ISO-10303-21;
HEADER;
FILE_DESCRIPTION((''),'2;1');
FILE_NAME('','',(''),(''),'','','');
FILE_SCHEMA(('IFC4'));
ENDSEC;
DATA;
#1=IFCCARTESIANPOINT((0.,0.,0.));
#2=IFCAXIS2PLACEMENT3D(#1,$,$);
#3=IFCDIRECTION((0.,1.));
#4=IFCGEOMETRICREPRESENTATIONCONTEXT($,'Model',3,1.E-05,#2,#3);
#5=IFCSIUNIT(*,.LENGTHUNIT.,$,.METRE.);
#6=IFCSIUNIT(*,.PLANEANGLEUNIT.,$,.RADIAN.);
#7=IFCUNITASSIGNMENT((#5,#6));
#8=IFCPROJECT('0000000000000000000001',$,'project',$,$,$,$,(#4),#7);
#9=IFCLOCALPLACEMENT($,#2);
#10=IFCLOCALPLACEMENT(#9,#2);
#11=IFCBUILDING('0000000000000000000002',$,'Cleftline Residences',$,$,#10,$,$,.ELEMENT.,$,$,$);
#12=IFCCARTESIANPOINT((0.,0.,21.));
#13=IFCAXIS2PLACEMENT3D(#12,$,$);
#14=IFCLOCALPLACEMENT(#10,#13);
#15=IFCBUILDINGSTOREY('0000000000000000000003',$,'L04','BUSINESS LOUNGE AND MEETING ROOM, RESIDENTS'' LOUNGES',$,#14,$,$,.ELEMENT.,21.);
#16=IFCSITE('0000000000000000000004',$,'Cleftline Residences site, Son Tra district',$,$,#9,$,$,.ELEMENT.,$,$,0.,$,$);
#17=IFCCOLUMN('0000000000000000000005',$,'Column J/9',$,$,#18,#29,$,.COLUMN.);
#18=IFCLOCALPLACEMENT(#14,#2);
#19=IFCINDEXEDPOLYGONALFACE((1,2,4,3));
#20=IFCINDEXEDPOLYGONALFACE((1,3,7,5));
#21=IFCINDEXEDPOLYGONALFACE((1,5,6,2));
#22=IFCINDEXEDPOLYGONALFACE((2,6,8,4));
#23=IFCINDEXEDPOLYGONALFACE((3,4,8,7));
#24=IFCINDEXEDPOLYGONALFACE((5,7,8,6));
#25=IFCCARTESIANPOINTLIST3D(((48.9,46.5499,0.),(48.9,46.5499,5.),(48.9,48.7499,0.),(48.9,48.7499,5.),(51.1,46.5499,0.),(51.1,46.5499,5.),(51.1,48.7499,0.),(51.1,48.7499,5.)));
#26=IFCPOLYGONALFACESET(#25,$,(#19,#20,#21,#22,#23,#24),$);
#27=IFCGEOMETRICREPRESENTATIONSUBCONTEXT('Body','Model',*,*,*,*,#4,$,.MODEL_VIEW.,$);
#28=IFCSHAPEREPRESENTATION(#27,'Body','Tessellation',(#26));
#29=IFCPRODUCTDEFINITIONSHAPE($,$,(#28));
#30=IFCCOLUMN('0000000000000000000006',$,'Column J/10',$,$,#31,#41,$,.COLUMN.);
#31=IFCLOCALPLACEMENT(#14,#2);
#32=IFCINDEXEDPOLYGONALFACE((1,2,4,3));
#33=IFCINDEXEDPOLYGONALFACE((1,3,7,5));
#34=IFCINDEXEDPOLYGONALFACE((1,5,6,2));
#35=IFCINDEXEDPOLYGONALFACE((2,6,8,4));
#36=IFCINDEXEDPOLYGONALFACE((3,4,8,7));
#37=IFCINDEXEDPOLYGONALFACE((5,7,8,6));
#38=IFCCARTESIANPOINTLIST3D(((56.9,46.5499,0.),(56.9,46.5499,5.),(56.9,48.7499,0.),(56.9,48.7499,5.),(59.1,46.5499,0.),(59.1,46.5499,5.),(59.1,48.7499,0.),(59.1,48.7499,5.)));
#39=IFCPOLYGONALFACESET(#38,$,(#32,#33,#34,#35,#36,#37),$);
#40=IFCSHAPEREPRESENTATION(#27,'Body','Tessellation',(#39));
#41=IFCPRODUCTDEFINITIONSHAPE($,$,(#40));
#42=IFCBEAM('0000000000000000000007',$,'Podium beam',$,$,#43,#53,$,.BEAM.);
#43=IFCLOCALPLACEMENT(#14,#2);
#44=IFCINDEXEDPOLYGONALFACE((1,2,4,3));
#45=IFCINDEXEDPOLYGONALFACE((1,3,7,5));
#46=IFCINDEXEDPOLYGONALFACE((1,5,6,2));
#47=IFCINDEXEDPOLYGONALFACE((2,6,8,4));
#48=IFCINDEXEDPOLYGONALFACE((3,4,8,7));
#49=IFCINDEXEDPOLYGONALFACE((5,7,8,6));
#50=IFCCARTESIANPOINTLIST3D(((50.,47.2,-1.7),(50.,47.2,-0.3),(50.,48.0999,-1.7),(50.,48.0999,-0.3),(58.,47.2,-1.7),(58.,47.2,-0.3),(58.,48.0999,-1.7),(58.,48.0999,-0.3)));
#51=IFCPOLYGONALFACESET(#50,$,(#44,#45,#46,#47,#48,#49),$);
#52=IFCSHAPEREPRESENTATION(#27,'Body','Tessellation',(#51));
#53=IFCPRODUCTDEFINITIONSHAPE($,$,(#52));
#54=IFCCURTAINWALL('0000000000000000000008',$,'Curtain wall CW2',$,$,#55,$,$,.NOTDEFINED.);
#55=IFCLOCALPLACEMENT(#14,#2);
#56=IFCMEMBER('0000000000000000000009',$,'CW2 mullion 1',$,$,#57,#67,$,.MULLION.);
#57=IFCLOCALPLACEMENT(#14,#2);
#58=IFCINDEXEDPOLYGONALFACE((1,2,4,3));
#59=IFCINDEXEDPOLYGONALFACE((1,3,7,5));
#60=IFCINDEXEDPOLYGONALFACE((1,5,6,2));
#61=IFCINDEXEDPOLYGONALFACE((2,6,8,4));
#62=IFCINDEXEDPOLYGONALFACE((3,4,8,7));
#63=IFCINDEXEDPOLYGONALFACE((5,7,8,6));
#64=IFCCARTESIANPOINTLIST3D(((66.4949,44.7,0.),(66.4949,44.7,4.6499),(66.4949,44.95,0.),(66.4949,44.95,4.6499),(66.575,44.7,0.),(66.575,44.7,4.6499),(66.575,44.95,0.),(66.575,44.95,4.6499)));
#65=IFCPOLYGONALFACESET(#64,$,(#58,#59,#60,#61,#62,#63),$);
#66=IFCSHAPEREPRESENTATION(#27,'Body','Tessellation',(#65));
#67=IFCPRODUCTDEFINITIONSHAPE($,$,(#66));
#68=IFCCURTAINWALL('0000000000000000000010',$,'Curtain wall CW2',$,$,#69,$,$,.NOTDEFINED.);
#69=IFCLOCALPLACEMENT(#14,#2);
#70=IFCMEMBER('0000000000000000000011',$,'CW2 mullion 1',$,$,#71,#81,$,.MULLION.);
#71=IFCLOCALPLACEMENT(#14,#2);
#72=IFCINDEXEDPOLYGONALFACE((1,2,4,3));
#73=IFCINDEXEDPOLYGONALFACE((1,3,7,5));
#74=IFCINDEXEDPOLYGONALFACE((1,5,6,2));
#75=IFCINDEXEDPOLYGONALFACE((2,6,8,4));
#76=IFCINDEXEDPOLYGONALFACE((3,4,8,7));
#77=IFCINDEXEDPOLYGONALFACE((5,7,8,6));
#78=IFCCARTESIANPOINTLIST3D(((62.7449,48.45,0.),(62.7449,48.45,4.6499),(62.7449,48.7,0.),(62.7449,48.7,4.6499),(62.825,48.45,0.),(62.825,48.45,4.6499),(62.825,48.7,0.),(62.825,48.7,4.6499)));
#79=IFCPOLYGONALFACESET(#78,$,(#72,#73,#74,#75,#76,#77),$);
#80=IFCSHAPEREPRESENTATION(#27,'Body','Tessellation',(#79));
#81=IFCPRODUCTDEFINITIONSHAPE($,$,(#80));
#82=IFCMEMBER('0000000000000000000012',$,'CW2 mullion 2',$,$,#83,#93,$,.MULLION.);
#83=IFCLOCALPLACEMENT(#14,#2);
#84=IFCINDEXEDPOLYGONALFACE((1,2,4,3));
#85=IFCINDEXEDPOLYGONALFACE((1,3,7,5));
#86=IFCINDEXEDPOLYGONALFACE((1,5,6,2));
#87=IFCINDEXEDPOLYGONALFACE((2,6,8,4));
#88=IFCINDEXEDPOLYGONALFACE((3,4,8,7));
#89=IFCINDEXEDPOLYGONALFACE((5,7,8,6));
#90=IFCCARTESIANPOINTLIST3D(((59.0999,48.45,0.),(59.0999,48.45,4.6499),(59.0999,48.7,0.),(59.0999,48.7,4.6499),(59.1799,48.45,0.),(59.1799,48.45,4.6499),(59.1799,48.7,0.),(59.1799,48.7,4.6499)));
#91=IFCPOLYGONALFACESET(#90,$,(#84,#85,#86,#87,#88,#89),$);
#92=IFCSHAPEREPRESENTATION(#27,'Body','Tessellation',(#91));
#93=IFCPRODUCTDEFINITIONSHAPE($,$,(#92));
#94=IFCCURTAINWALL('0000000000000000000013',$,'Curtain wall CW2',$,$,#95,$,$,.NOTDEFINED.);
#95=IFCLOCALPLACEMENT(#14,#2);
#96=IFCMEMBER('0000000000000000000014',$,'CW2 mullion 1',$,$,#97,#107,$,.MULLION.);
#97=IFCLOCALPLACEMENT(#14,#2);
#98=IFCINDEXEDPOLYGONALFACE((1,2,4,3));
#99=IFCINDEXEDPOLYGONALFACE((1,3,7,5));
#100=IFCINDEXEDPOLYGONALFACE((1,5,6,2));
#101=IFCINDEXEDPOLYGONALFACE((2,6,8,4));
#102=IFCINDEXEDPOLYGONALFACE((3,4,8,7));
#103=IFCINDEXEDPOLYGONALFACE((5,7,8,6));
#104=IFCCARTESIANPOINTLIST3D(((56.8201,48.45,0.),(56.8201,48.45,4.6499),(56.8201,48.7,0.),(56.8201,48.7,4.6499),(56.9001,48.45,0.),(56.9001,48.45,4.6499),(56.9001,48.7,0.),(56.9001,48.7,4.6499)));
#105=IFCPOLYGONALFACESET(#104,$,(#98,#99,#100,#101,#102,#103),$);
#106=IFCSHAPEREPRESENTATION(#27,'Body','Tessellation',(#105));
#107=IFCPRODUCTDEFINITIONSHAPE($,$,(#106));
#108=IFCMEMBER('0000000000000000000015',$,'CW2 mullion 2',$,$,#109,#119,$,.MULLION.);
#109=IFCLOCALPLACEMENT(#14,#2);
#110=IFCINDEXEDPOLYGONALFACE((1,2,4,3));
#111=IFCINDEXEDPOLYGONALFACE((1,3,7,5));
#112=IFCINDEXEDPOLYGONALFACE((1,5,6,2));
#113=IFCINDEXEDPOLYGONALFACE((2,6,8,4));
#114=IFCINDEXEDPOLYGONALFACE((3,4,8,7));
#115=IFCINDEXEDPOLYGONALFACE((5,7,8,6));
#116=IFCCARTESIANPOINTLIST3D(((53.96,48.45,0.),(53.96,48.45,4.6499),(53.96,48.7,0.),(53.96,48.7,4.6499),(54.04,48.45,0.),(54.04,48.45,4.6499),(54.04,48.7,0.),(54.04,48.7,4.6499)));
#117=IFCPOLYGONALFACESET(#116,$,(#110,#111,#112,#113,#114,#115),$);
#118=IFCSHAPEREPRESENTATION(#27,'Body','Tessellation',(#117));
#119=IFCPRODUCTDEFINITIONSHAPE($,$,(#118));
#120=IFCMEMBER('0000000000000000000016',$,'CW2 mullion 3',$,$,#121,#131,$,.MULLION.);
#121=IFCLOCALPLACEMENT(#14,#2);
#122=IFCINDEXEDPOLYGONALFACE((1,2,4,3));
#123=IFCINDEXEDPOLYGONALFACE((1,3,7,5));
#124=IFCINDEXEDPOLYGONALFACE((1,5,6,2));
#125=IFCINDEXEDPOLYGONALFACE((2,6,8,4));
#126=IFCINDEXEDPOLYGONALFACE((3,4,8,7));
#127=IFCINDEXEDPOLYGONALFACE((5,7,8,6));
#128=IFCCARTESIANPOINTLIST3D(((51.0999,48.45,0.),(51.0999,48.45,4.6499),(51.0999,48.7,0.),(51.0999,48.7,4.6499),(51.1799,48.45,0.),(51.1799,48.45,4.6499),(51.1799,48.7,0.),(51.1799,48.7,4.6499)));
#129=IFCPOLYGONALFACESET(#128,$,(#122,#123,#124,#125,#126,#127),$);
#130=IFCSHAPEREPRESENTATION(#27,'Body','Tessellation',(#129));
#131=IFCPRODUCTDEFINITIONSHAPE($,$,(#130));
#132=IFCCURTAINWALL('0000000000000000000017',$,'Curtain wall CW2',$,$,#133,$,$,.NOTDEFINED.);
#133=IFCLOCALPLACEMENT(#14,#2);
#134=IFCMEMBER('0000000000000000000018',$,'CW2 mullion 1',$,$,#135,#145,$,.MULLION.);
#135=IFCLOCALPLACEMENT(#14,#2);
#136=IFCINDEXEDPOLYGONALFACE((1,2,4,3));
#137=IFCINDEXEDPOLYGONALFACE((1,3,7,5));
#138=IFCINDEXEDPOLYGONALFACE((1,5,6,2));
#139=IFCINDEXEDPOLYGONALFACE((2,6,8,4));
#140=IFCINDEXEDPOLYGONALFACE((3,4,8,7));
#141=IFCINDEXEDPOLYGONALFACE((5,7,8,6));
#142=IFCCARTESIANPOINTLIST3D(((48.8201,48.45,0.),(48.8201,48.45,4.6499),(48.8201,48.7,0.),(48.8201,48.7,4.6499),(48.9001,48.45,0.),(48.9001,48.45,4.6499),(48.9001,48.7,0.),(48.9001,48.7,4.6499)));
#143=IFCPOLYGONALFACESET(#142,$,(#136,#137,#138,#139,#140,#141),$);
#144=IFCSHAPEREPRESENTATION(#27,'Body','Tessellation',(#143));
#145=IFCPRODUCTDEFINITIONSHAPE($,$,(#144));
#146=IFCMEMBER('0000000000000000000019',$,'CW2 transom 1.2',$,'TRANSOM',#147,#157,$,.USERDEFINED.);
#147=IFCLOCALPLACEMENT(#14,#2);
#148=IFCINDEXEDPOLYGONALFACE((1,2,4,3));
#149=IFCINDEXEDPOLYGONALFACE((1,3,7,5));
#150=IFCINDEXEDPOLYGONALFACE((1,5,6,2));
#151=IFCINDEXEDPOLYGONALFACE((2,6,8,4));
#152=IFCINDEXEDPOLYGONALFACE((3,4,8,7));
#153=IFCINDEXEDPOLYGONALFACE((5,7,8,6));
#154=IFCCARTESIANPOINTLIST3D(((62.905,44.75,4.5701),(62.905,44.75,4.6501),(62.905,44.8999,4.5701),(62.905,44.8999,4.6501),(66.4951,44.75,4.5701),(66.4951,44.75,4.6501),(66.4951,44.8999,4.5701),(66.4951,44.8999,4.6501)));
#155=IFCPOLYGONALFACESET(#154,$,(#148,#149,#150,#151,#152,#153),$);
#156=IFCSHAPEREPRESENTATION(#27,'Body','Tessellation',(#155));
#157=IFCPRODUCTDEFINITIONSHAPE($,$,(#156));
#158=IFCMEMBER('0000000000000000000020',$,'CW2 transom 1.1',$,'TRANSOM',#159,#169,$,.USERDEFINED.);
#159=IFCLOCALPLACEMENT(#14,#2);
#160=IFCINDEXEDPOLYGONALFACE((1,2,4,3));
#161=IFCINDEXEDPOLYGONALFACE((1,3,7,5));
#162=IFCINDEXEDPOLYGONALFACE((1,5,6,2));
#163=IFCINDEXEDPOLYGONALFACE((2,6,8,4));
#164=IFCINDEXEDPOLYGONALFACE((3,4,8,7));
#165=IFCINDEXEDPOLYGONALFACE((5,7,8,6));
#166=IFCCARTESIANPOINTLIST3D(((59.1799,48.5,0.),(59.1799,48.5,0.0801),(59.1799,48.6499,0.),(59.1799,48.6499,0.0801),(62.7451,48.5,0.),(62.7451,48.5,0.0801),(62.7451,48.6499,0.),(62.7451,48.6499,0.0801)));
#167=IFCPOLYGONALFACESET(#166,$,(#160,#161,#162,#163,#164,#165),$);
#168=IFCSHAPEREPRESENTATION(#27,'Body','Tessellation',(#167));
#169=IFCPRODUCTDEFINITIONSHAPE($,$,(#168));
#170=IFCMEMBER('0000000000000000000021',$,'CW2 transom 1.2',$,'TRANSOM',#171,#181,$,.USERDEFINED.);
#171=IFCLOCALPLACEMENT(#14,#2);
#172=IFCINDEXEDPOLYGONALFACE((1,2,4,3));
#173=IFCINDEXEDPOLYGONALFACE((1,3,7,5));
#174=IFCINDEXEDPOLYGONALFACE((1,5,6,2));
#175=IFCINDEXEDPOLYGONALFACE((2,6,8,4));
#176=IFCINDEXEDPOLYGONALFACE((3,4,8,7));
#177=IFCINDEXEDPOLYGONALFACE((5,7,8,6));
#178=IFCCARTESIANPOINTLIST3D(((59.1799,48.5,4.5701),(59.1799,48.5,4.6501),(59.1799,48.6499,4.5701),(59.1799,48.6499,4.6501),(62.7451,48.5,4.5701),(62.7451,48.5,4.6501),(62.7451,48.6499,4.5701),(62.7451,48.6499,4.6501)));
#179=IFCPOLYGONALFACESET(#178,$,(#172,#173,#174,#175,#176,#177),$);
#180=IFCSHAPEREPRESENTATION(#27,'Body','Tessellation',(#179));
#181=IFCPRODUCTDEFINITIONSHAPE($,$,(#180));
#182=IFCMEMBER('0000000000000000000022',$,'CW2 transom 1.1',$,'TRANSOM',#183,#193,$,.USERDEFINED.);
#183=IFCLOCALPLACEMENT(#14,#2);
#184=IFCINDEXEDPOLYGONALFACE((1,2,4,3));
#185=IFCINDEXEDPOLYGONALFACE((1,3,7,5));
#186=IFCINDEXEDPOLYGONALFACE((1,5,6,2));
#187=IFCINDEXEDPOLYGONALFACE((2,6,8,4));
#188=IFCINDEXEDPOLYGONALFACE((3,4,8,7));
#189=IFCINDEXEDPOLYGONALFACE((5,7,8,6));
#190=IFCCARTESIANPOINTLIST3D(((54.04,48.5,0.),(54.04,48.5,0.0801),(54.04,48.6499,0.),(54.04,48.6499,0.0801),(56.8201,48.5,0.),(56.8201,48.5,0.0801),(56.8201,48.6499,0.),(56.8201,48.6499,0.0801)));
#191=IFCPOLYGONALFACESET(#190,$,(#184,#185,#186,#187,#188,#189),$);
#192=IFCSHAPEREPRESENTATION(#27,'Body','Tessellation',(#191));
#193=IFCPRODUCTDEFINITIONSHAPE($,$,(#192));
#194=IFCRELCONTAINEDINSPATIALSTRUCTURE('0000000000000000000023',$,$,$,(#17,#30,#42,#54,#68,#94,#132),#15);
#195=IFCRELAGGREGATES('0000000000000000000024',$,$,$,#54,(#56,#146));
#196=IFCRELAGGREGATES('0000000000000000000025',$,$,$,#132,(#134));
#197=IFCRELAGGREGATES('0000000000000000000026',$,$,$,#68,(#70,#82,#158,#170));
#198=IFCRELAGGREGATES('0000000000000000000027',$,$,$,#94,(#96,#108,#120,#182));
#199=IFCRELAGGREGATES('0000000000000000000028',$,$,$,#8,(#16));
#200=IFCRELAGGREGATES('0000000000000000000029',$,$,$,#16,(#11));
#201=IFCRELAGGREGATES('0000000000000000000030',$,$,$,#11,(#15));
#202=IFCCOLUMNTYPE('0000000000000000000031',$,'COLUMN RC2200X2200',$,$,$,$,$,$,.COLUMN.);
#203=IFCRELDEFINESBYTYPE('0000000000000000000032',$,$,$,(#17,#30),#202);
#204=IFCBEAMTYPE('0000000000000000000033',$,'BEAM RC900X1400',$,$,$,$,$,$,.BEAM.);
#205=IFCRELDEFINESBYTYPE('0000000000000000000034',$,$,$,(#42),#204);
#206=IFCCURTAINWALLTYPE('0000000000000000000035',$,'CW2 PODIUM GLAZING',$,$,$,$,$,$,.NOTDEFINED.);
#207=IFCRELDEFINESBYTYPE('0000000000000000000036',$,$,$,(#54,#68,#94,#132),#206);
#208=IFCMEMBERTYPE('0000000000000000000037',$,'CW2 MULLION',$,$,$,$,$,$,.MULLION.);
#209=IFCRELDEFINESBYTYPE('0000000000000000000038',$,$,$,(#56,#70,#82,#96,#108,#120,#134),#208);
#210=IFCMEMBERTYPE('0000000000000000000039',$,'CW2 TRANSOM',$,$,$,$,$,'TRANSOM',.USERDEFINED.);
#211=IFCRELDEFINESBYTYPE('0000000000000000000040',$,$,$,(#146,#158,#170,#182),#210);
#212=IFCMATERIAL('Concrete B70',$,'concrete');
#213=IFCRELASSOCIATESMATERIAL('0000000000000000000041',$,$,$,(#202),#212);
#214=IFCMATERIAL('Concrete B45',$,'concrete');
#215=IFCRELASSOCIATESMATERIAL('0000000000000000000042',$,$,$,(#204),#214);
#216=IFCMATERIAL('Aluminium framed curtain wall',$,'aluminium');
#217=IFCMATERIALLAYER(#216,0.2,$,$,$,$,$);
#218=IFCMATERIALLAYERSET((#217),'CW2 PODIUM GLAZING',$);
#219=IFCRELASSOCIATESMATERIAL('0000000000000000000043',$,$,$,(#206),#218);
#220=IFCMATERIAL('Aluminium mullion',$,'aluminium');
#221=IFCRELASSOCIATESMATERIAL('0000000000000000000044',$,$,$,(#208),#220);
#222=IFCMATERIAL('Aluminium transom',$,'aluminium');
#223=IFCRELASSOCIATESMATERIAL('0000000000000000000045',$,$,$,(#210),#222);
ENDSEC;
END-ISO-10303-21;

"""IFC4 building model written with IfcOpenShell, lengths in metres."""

from ifc_helpers import new_model, si_unit, direction, frame, origin, origin_2d, place, context, subcontext, project, spatial, rectangle, extrude, material, layer, layer_set, material_profile, profile_set, type_object, element, aggregate, save


model = new_model("IFC4")

# Units and contexts
model_context = context("Model", 3, precision=1e-05, world=origin(), true_north=direction((0.0, 1.0)))
body_context = subcontext(model_context, "Body", "Model", "MODEL_VIEW")
ifc_project = project(units=[si_unit("LENGTHUNIT", "METRE"), si_unit("PLANEANGLEUNIT", "RADIAN")], contexts=[model_context])

# Site, building, storey
site_placement = place(None, origin())
site = spatial("IfcSite", under=ifc_project, at=site_placement, Name="Cleftline Residences site, Son Tra district", CompositionType="ELEMENT", RefElevation=0.0)
building_placement = place(site_placement, origin())
building = spatial("IfcBuilding", under=site, at=building_placement, Name="Cleftline Residences", CompositionType="ELEMENT")
storey_placement = place(building_placement, frame((0.0, 0.0, 21.0)))
storey = spatial("IfcBuildingStorey", under=building, at=storey_placement, Name="L04", Description="BUSINESS LOUNGE AND MEETING ROOM, RESIDENTS' LOUNGES", CompositionType="ELEMENT", Elevation=21.0)

# Columns
ifc_material_1 = material(Name="Concrete B70", Category="concrete")
ifc_material_profile_1 = material_profile(ifc_material_1, rectangle(XDim=2.2, YDim=2.2, at=origin_2d()))
ifc_profile_set_1 = profile_set([ifc_material_profile_1], Name="Concrete B70")
column_type = type_object("IfcColumnType", Name="COLUMN RC2200X2200", PredefinedType="COLUMN", material=ifc_profile_set_1)
for number, where, z_axis, x_axis, name in (
    (1, (50.0, 47.6499, 0.0), (0.0, 0.0, 1.0), (1.0, 0.0, 0.0), "Column J/9"),
    (2, (58.0, 47.6499, 0.0), (0.0, 0.0, 1.0), (1.0, 0.0, 0.0), "Column J/10"),
):
    element("IfcColumn", number, at=place(storey_placement, frame(where, z_axis=z_axis, x_axis=x_axis)), inside=storey, type_object=column_type, Name=name, PredefinedType="COLUMN", context=body_context, shape_type="SweptSolid", body=[
        extrude(rectangle(XDim=2.2, YDim=2.2, at=origin_2d()), origin(), (0.0, 0.0, 1.0), 5.0),
    ])

# Beam
ifc_material_2 = material(Name="Concrete B45", Category="concrete")
ifc_material_profile_2 = material_profile(ifc_material_2, rectangle(XDim=0.8999, YDim=1.3999, at=origin_2d()))
ifc_profile_set_2 = profile_set([ifc_material_profile_2], Name="Concrete B45")
beam_type = type_object("IfcBeamType", Name="BEAM RC900X1400", PredefinedType="BEAM", material=ifc_profile_set_2)
beam_placement = place(storey_placement, frame((50.0, 47.6499, -1.0), z_axis=(1.0, 0.0, 0.0), x_axis=(0.0, 1.0, 0.0)))
element("IfcBeam", 3, at=beam_placement, inside=storey, type_object=beam_type, Name="Podium beam", PredefinedType="BEAM", context=body_context, shape_type="SweptSolid", body=[
    extrude(rectangle(XDim=0.8999, YDim=1.3999, at=origin_2d()), origin(), (0.0, 0.0, 1.0), 8.0),
])

# Curtain wall, member
ifc_material_3 = material(Name="Aluminium framed curtain wall", Category="aluminium")
ifc_layer_1 = layer(ifc_material_3, 0.2)
ifc_layer_set_1 = layer_set([ifc_layer_1], Name="CW2 PODIUM GLAZING")
curtain_wall_type = type_object("IfcCurtainWallType", Name="CW2 PODIUM GLAZING", PredefinedType="NOTDEFINED", material=ifc_layer_set_1)
curtain_wall_1_placement = place(storey_placement, origin())
curtain_wall_1 = element("IfcCurtainWall", 4, at=curtain_wall_1_placement, inside=storey, type_object=curtain_wall_type, Name="Curtain wall CW2", PredefinedType="NOTDEFINED")
ifc_material_4 = material(Name="Aluminium mullion", Category="aluminium")
ifc_material_profile_3 = material_profile(ifc_material_4, rectangle(XDim=0.25, YDim=0.0801, at=origin_2d()))
ifc_profile_set_3 = profile_set([ifc_material_profile_3], Name="Aluminium mullion")
member_type_1 = type_object("IfcMemberType", Name="CW2 MULLION", PredefinedType="MULLION", material=ifc_profile_set_3)
member_1_placement = place(storey_placement, frame((66.5349, 44.825, 0.0), z_axis=(0.0, 0.0, 1.0), x_axis=(0.0, -1.0, 0.0)))
member_1 = element("IfcMember", 5, at=member_1_placement, type_object=member_type_1, Name="CW2 mullion 1", PredefinedType="MULLION", context=body_context, shape_type="SweptSolid", body=[
    extrude(rectangle(XDim=0.25, YDim=0.0801, at=origin_2d()), origin(), (0.0, 0.0, 1.0), 4.6499),
])

# Curtain walls, members
curtain_wall_2_placement = place(storey_placement, origin())
curtain_wall_2 = element("IfcCurtainWall", 6, at=curtain_wall_2_placement, inside=storey, type_object=curtain_wall_type, Name="Curtain wall CW2", PredefinedType="NOTDEFINED")
member_2_placement = place(storey_placement, frame((62.7849, 48.575, 0.0), z_axis=(0.0, 0.0, 1.0), x_axis=(0.0, -1.0, 0.0)))
member_2 = element("IfcMember", 7, at=member_2_placement, type_object=member_type_1, Name="CW2 mullion 1", PredefinedType="MULLION", context=body_context, shape_type="SweptSolid", body=[
    extrude(rectangle(XDim=0.25, YDim=0.0801, at=origin_2d()), origin(), (0.0, 0.0, 1.0), 4.6499),
])
member_3_placement = place(storey_placement, frame((59.1399, 48.575, 0.0), z_axis=(0.0, 0.0, 1.0), x_axis=(0.0, -1.0, 0.0)))
member_3 = element("IfcMember", 8, at=member_3_placement, type_object=member_type_1, Name="CW2 mullion 2", PredefinedType="MULLION", context=body_context, shape_type="SweptSolid", body=[
    extrude(rectangle(XDim=0.25, YDim=0.0801, at=origin_2d()), origin(), (0.0, 0.0, 1.0), 4.6499),
])
curtain_wall_3_placement = place(storey_placement, origin())
curtain_wall_3 = element("IfcCurtainWall", 9, at=curtain_wall_3_placement, inside=storey, type_object=curtain_wall_type, Name="Curtain wall CW2", PredefinedType="NOTDEFINED")
member_4_placement = place(storey_placement, frame((56.8601, 48.575, 0.0), z_axis=(0.0, 0.0, 1.0), x_axis=(0.0, -1.0, 0.0)))
member_4 = element("IfcMember", 10, at=member_4_placement, type_object=member_type_1, Name="CW2 mullion 1", PredefinedType="MULLION", context=body_context, shape_type="SweptSolid", body=[
    extrude(rectangle(XDim=0.25, YDim=0.0801, at=origin_2d()), origin(), (0.0, 0.0, 1.0), 4.6499),
])
member_5_placement = place(storey_placement, frame((54.0, 48.575, 0.0), z_axis=(0.0, 0.0, 1.0), x_axis=(0.0, -1.0, 0.0)))
member_5 = element("IfcMember", 11, at=member_5_placement, type_object=member_type_1, Name="CW2 mullion 2", PredefinedType="MULLION", context=body_context, shape_type="SweptSolid", body=[
    extrude(rectangle(XDim=0.25, YDim=0.0801, at=origin_2d()), origin(), (0.0, 0.0, 1.0), 4.6499),
])
member_6_placement = place(storey_placement, frame((51.1399, 48.575, 0.0), z_axis=(0.0, 0.0, 1.0), x_axis=(0.0, -1.0, 0.0)))
member_6 = element("IfcMember", 12, at=member_6_placement, type_object=member_type_1, Name="CW2 mullion 3", PredefinedType="MULLION", context=body_context, shape_type="SweptSolid", body=[
    extrude(rectangle(XDim=0.25, YDim=0.0801, at=origin_2d()), origin(), (0.0, 0.0, 1.0), 4.6499),
])

# Curtain wall, member
curtain_wall_4_placement = place(storey_placement, origin())
curtain_wall_4 = element("IfcCurtainWall", 13, at=curtain_wall_4_placement, inside=storey, type_object=curtain_wall_type, Name="Curtain wall CW2", PredefinedType="NOTDEFINED")
member_7_placement = place(storey_placement, frame((48.8601, 48.575, 0.0), z_axis=(0.0, 0.0, 1.0), x_axis=(0.0, -1.0, 0.0)))
member_7 = element("IfcMember", 14, at=member_7_placement, type_object=member_type_1, Name="CW2 mullion 1", PredefinedType="MULLION", context=body_context, shape_type="SweptSolid", body=[
    extrude(rectangle(XDim=0.25, YDim=0.0801, at=origin_2d()), origin(), (0.0, 0.0, 1.0), 4.6499),
])

# Members
ifc_material_5 = material(Name="Aluminium transom", Category="aluminium")
ifc_material_profile_4 = material_profile(ifc_material_5, rectangle(XDim=0.1499, YDim=0.0801, at=origin_2d()))
ifc_profile_set_4 = profile_set([ifc_material_profile_4], Name="Aluminium transom")
member_type_2 = type_object("IfcMemberType", Name="CW2 TRANSOM", ElementType="TRANSOM", PredefinedType="USERDEFINED", material=ifc_profile_set_4)
member_8_placement = place(storey_placement, frame((66.4951, 44.825, 4.6101), z_axis=(-1.0, 0.0, 0.0), x_axis=(0.0, -1.0, 0.0)))
member_8 = element("IfcMember", 15, at=member_8_placement, type_object=member_type_2, Name="CW2 transom 1.2", ObjectType="TRANSOM", PredefinedType="USERDEFINED", context=body_context, shape_type="SweptSolid", body=[
    extrude(rectangle(XDim=0.1499, YDim=0.0801, at=origin_2d()), origin(), (0.0, 0.0, 1.0), 3.5901),
])
aggregate(curtain_wall_1, [member_1, member_8])
member_9_placement = place(storey_placement, frame((62.7451, 48.575, 0.04), z_axis=(-1.0, 0.0, 0.0), x_axis=(0.0, -1.0, 0.0)))
member_9 = element("IfcMember", 16, at=member_9_placement, type_object=member_type_2, Name="CW2 transom 1.1", ObjectType="TRANSOM", PredefinedType="USERDEFINED", context=body_context, shape_type="SweptSolid", body=[
    extrude(rectangle(XDim=0.1499, YDim=0.0801, at=origin_2d()), origin(), (0.0, 0.0, 1.0), 3.5652),
])
member_10_placement = place(storey_placement, frame((62.7451, 48.575, 4.6101), z_axis=(-1.0, 0.0, 0.0), x_axis=(0.0, -1.0, 0.0)))
member_10 = element("IfcMember", 17, at=member_10_placement, type_object=member_type_2, Name="CW2 transom 1.2", ObjectType="TRANSOM", PredefinedType="USERDEFINED", context=body_context, shape_type="SweptSolid", body=[
    extrude(rectangle(XDim=0.1499, YDim=0.0801, at=origin_2d()), origin(), (0.0, 0.0, 1.0), 3.5652),
])
member_11_placement = place(storey_placement, frame((56.8201, 48.575, 0.04), z_axis=(-1.0, 0.0, 0.0), x_axis=(0.0, -1.0, 0.0)))
member_11 = element("IfcMember", 18, at=member_11_placement, type_object=member_type_2, Name="CW2 transom 1.1", ObjectType="TRANSOM", PredefinedType="USERDEFINED", context=body_context, shape_type="SweptSolid", body=[
    extrude(rectangle(XDim=0.1499, YDim=0.0801, at=origin_2d()), origin(), (0.0, 0.0, 1.0), 2.78),
])
aggregate(curtain_wall_4, [member_7])

aggregate(curtain_wall_2, [member_2, member_3, member_9, member_10])
aggregate(curtain_wall_3, [member_4, member_5, member_6, member_11])

save(model, "model.ifc")
